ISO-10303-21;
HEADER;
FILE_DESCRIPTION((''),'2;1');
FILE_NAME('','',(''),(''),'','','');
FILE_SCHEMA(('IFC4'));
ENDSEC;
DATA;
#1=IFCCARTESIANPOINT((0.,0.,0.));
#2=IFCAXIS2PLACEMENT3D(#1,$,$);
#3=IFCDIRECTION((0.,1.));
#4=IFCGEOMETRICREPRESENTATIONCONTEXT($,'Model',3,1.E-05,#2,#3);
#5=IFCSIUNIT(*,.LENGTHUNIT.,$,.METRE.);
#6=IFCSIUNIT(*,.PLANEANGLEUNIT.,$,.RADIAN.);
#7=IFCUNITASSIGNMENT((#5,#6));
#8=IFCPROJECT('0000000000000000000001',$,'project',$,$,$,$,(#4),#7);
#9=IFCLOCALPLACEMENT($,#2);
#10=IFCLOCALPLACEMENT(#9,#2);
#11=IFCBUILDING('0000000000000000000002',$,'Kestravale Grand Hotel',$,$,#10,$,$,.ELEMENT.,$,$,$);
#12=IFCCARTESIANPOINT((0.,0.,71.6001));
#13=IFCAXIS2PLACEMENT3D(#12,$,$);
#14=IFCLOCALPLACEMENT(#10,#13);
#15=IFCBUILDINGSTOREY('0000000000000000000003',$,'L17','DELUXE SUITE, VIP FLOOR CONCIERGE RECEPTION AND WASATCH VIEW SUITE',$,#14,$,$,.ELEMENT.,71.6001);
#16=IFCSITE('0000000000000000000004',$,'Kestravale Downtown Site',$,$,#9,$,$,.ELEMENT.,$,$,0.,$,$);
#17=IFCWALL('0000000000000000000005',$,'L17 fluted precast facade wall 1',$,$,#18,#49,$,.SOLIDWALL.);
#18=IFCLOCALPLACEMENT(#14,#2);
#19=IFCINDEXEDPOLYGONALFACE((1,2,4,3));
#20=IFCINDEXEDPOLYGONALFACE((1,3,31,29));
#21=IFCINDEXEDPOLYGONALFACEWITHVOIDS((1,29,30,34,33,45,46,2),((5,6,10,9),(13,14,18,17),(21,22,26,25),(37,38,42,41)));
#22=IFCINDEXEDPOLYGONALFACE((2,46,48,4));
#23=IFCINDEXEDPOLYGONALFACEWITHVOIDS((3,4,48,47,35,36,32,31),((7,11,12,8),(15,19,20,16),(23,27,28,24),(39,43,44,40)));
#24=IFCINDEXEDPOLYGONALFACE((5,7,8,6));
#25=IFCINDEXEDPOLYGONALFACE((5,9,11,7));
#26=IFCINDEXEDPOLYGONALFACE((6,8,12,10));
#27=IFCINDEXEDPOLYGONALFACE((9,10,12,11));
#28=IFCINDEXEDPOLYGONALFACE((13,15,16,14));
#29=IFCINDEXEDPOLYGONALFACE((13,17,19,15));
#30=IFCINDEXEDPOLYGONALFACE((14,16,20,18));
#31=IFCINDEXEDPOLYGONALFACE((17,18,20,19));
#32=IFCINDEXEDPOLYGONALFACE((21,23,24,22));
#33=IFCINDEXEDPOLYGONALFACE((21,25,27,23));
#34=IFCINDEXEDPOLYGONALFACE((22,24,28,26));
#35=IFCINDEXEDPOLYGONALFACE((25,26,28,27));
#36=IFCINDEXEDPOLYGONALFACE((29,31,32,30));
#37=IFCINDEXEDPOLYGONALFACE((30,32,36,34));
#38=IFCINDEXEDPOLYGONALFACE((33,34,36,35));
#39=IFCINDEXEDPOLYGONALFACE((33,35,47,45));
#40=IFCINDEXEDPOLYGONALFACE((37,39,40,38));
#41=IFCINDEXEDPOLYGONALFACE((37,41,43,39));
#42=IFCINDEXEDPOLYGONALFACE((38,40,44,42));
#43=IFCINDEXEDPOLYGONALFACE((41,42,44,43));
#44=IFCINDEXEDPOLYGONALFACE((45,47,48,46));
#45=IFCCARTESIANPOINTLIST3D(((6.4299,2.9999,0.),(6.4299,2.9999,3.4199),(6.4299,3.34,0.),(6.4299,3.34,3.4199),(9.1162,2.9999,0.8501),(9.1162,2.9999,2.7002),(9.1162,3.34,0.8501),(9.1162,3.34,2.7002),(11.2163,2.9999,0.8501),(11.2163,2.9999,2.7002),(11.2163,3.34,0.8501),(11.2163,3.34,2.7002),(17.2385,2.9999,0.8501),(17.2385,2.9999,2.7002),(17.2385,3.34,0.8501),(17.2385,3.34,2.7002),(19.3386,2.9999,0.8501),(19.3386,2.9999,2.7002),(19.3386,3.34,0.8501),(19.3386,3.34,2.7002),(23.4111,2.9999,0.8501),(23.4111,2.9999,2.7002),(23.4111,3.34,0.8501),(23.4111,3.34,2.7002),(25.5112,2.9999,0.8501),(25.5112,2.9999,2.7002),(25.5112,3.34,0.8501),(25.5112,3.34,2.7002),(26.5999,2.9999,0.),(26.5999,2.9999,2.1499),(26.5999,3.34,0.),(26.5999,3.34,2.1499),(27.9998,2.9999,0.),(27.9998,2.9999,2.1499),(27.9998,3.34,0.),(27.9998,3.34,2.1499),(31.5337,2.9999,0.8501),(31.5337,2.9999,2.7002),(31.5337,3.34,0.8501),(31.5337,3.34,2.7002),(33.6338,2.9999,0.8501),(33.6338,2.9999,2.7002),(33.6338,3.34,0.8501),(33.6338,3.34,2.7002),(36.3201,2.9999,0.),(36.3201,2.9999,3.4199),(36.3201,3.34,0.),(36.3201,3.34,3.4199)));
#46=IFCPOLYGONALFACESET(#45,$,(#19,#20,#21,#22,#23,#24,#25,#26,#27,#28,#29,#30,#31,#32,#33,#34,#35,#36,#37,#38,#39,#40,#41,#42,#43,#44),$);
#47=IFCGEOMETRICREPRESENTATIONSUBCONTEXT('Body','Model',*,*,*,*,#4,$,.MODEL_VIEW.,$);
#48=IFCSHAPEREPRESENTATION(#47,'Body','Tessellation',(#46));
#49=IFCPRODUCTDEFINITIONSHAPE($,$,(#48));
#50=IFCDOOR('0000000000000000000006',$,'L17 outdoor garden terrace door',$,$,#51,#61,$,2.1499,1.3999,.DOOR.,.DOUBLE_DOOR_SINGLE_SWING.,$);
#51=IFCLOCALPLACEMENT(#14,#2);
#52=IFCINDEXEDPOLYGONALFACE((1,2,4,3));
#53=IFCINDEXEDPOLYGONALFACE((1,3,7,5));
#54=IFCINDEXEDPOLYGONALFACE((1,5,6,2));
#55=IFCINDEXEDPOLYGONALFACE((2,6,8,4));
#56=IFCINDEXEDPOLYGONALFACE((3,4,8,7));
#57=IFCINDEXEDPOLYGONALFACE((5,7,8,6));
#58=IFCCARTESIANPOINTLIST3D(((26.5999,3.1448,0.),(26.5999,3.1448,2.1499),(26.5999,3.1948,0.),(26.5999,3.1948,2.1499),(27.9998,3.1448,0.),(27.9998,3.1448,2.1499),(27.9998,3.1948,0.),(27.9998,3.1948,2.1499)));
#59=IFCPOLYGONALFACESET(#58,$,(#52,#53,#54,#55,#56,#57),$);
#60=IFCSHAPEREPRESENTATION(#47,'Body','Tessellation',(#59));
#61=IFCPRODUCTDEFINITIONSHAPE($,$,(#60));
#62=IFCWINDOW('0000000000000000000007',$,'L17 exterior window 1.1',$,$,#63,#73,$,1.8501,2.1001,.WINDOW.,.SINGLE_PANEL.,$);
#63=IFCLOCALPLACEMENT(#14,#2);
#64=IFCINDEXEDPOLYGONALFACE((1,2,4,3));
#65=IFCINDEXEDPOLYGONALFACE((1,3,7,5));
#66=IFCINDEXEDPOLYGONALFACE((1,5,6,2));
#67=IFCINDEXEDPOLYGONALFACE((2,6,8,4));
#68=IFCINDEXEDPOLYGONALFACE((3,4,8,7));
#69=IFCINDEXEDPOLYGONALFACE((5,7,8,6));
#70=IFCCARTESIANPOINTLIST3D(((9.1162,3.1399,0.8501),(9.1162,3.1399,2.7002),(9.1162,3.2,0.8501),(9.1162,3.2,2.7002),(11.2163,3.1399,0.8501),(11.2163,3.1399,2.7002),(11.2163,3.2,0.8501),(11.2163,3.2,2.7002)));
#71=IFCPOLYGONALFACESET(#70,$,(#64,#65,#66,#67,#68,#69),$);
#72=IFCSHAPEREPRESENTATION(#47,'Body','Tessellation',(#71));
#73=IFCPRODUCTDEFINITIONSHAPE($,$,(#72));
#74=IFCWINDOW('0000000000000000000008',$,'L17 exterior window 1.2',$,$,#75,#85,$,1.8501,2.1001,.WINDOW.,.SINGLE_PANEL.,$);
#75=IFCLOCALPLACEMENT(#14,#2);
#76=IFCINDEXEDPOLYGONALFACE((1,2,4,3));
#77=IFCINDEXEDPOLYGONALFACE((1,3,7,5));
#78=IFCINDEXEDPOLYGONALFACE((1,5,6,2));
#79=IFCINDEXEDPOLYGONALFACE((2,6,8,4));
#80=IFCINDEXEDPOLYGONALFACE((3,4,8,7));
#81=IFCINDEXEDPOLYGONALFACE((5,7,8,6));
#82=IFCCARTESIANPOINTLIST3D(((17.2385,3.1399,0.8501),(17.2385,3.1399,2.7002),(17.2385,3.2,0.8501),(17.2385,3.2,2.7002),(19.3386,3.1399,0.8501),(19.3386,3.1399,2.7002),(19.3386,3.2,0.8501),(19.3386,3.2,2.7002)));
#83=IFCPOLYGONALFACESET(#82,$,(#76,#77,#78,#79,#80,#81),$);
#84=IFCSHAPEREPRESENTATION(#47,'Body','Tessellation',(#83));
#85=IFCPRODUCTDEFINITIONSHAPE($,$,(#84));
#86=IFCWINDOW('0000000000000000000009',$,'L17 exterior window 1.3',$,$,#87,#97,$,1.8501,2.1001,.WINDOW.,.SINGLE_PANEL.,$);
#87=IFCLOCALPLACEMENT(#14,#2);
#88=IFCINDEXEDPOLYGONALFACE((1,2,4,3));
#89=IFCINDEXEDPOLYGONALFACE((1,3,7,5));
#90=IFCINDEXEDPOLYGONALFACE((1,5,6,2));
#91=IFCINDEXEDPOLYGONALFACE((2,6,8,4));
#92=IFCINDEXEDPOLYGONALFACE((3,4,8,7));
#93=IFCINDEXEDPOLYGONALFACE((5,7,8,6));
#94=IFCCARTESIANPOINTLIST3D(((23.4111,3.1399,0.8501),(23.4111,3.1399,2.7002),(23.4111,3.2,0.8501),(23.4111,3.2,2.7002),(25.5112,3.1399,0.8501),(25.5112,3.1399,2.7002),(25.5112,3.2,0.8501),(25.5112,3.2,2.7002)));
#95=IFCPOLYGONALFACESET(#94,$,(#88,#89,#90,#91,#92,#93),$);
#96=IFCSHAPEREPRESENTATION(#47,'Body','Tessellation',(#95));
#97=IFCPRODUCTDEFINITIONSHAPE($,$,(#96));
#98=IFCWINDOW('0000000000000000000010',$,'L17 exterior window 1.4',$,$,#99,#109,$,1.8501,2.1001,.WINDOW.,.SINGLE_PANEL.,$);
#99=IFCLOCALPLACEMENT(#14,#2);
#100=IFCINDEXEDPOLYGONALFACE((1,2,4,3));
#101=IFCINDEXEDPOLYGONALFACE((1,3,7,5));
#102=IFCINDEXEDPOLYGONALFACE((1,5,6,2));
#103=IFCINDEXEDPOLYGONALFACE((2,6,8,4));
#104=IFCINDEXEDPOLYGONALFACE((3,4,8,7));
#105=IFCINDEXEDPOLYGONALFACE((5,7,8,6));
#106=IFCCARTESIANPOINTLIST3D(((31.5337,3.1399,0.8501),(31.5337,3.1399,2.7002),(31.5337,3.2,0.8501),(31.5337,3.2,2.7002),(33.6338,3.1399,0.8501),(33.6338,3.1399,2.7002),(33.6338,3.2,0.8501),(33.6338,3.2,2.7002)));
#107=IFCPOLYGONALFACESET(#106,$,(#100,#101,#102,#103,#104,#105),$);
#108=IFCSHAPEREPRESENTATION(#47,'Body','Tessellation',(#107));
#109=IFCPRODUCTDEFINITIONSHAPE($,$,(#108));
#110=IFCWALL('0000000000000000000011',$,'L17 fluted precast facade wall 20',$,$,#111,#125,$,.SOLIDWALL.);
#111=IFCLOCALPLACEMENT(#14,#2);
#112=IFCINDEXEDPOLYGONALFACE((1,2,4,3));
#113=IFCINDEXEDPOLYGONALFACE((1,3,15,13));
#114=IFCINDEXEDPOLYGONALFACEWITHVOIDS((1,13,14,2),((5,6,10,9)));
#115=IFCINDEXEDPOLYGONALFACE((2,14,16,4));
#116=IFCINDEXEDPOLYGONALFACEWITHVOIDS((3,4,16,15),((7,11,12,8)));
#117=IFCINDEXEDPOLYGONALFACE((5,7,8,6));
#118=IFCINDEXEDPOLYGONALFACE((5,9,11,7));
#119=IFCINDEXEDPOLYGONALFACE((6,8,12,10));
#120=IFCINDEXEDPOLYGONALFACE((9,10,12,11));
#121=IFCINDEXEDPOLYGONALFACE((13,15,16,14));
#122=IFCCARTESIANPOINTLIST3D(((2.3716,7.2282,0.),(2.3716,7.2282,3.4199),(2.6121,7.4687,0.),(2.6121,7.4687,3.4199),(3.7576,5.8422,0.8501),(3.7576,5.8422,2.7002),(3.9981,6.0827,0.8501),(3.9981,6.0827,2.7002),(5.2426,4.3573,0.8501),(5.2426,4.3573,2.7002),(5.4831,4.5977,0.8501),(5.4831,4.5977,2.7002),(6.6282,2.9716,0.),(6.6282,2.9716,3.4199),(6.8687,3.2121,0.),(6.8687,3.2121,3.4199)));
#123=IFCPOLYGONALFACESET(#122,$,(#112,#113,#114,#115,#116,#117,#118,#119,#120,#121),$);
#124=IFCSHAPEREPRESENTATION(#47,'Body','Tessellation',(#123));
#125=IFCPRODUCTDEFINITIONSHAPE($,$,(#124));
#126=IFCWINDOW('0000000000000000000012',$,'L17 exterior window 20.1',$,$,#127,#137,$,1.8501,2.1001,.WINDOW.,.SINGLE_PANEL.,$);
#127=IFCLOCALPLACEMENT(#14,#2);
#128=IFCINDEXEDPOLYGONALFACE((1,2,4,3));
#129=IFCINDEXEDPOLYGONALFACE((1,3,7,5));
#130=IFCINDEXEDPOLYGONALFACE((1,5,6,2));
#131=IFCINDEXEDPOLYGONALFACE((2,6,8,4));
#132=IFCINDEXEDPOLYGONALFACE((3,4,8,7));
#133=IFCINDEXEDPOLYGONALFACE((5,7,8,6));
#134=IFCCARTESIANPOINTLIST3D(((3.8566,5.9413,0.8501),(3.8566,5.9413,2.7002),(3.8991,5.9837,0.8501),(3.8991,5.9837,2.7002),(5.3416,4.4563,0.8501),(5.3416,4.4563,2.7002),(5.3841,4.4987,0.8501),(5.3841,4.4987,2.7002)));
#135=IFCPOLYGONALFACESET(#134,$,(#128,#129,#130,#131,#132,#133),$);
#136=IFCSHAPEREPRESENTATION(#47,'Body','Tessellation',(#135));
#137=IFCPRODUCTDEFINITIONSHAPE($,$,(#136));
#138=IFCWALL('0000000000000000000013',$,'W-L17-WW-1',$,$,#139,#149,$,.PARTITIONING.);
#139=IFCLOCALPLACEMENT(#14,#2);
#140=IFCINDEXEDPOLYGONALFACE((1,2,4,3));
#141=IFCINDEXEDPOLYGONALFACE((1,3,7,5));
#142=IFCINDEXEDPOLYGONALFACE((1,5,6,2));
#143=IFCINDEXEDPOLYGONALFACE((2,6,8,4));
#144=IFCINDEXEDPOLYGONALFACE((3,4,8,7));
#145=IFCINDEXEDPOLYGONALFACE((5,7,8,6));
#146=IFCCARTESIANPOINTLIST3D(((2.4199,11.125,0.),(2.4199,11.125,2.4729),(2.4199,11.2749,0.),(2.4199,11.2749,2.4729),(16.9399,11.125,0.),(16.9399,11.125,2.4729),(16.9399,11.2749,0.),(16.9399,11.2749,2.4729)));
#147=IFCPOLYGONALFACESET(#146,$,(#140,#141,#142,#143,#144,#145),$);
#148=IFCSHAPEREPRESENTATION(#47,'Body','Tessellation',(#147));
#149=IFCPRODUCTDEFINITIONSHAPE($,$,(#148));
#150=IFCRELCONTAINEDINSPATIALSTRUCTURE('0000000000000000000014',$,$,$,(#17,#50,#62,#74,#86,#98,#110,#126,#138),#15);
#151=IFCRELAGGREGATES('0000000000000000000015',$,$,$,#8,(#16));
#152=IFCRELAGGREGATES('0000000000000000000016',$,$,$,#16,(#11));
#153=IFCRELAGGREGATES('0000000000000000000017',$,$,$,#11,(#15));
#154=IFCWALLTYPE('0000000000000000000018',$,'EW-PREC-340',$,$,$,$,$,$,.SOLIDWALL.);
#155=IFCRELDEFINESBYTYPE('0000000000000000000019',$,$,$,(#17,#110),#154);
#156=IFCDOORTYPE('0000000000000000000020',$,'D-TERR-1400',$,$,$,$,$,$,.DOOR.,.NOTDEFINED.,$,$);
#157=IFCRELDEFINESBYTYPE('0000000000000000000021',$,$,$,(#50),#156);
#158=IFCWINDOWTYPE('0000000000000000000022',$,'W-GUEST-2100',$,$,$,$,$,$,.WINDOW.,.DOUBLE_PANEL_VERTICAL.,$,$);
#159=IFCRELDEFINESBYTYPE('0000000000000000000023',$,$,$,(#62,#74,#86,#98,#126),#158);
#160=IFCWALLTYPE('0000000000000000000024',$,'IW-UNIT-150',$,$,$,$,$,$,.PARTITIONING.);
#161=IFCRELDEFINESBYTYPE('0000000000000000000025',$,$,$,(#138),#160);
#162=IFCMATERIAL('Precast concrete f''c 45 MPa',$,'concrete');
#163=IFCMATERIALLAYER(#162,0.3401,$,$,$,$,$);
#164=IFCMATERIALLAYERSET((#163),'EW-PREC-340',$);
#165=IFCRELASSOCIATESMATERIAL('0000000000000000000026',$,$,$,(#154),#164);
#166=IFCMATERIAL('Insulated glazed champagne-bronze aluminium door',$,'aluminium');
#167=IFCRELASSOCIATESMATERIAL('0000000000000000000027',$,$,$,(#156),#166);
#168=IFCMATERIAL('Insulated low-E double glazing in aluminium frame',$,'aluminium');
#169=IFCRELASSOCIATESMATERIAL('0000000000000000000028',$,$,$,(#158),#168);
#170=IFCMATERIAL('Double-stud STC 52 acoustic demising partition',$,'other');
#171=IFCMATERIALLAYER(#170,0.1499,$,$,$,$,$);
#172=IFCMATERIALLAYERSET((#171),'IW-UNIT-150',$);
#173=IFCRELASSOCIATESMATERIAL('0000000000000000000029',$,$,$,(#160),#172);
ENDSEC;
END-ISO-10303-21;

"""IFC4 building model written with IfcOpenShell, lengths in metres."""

from ifc_helpers import new_model, si_unit, direction, frame, frame_2d, origin, place, context, subcontext, project, spatial, rectangle, extrude, material, layer, layer_set, type_object, element, fill, save


model = new_model("IFC4")

# Units and contexts
model_context = context("Model", 3, precision=1e-05, world=origin(), true_north=direction((0.0, 1.0)))
body_context = subcontext(model_context, "Body", "Model", "MODEL_VIEW")
ifc_project = project(units=[si_unit("LENGTHUNIT", "METRE"), si_unit("PLANEANGLEUNIT", "RADIAN")], contexts=[model_context])

# Site, building, storey
site_placement = place(None, origin())
site = spatial("IfcSite", under=ifc_project, at=site_placement, Name="Kestravale Downtown Site", CompositionType="ELEMENT", RefElevation=0.0)
building_placement = place(site_placement, origin())
building = spatial("IfcBuilding", under=site, at=building_placement, Name="Kestravale Grand Hotel", CompositionType="ELEMENT")
storey_placement = place(building_placement, frame((0.0, 0.0, 71.6001)))
storey = spatial("IfcBuildingStorey", under=building, at=storey_placement, Name="L17", Description="DELUXE SUITE, VIP FLOOR CONCIERGE RECEPTION AND WASATCH VIEW SUITE", CompositionType="ELEMENT", Elevation=71.6001)

# Wall, openings, door, windows
ifc_material_1 = material(Name="Precast concrete f'c 45 MPa", Category="concrete")
ifc_layer_1 = layer(ifc_material_1, 0.3401)
ifc_layer_set_1 = layer_set([ifc_layer_1], Name="EW-PREC-340")
wall_type_1 = type_object("IfcWallType", Name="EW-PREC-340", PredefinedType="SOLIDWALL", material=ifc_layer_set_1)
wall_1_placement = place(storey_placement, frame((6.4299, 3.1699, 0.0), z_axis=(0.0, 0.0, 1.0), x_axis=(1.0, 0.0, 0.0)))
wall_1 = element("IfcWall", 1, at=wall_1_placement, inside=storey, type_object=wall_type_1, Name="L17 fluted precast facade wall 1", PredefinedType="SOLIDWALL", context=body_context, shape_type="SweptSolid", body=[
    extrude(rectangle(XDim=29.8901, YDim=0.3401, at=frame_2d((14.9451, 0.0))), origin(), (0.0, 0.0, 1.0), 3.4199),
])
opening_1_placement = place(wall_1_placement, frame((20.1699, 0.0, 0.0)))
opening_1 = element("IfcOpeningElement", 2, at=opening_1_placement, cuts=wall_1, PredefinedType="OPENING", context=body_context, shape_type="SweptSolid", body=[
    extrude(rectangle(XDim=1.3999, YDim=2.1499, at=frame_2d((0.7, 1.075))), frame((0.0, 0.1799, 0.0), z_axis=(0.0, -1.0, 0.0), x_axis=(1.0, 0.0, 0.0)), (0.0, 0.0, 1.0), 0.3601),
])
opening_2_placement = place(wall_1_placement, frame((2.6863, 0.0, 0.8501)))
opening_2 = element("IfcOpeningElement", 3, at=opening_2_placement, cuts=wall_1, PredefinedType="OPENING", context=body_context, shape_type="SweptSolid", body=[
    extrude(rectangle(XDim=2.1001, YDim=1.8501, at=frame_2d((1.05, 0.925))), frame((0.0, 0.1799, 0.0), z_axis=(0.0, -1.0, 0.0), x_axis=(1.0, 0.0, 0.0)), (0.0, 0.0, 1.0), 0.3601),
])
opening_3_placement = place(wall_1_placement, frame((10.8086, 0.0, 0.8501)))
opening_3 = element("IfcOpeningElement", 4, at=opening_3_placement, cuts=wall_1, PredefinedType="OPENING", context=body_context, shape_type="SweptSolid", body=[
    extrude(rectangle(XDim=2.1001, YDim=1.8501, at=frame_2d((1.05, 0.925))), frame((0.0, 0.1799, 0.0), z_axis=(0.0, -1.0, 0.0), x_axis=(1.0, 0.0, 0.0)), (0.0, 0.0, 1.0), 0.3601),
])
opening_4_placement = place(wall_1_placement, frame((16.9812, 0.0, 0.8501)))
opening_4 = element("IfcOpeningElement", 5, at=opening_4_placement, cuts=wall_1, PredefinedType="OPENING", context=body_context, shape_type="SweptSolid", body=[
    extrude(rectangle(XDim=2.1001, YDim=1.8501, at=frame_2d((1.05, 0.925))), frame((0.0, 0.1799, 0.0), z_axis=(0.0, -1.0, 0.0), x_axis=(1.0, 0.0, 0.0)), (0.0, 0.0, 1.0), 0.3601),
])
opening_5_placement = place(wall_1_placement, frame((25.1038, 0.0, 0.8501)))
opening_5 = element("IfcOpeningElement", 6, at=opening_5_placement, cuts=wall_1, PredefinedType="OPENING", context=body_context, shape_type="SweptSolid", body=[
    extrude(rectangle(XDim=2.1001, YDim=1.8501, at=frame_2d((1.05, 0.925))), frame((0.0, 0.1799, 0.0), z_axis=(0.0, -1.0, 0.0), x_axis=(1.0, 0.0, 0.0)), (0.0, 0.0, 1.0), 0.3601),
])
ifc_material_2 = material(Name="Insulated glazed champagne-bronze aluminium door", Category="aluminium")
door_type = type_object("IfcDoorType", Name="D-TERR-1400", OperationType="NOTDEFINED", PredefinedType="DOOR", material=ifc_material_2)
door_placement = place(opening_1_placement, origin())
door = element("IfcDoor", 7, at=door_placement, inside=storey, type_object=door_type, Name="L17 outdoor garden terrace door", OperationType="DOUBLE_DOOR_SINGLE_SWING", OverallHeight=2.1499, OverallWidth=1.3999, PredefinedType="DOOR", context=body_context, shape_type="SweptSolid", body=[
    extrude(rectangle(XDim=1.3999, YDim=2.1499, at=frame_2d((0.7, 1.075))), frame((0.0, 0.0249, 0.0), z_axis=(0.0, -1.0, 0.0), x_axis=(1.0, 0.0, 0.0)), (0.0, 0.0, 1.0), 0.05),
])
fill(opening_1, door)
ifc_material_3 = material(Name="Insulated low-E double glazing in aluminium frame", Category="aluminium")
window_type = type_object("IfcWindowType", Name="W-GUEST-2100", PartitioningType="DOUBLE_PANEL_VERTICAL", PredefinedType="WINDOW", material=ifc_material_3)
window_1_placement = place(opening_2_placement, origin())
window_1 = element("IfcWindow", 8, at=window_1_placement, inside=storey, type_object=window_type, Name="L17 exterior window 1.1", OverallHeight=1.8501, OverallWidth=2.1001, PartitioningType="SINGLE_PANEL", PredefinedType="WINDOW", context=body_context, shape_type="SweptSolid", body=[
    extrude(rectangle(XDim=2.1001, YDim=1.8501, at=frame_2d((1.05, 0.925))), frame((0.0, 0.03, 0.0), z_axis=(0.0, -1.0, 0.0), x_axis=(1.0, 0.0, 0.0)), (0.0, 0.0, 1.0), 0.0601),
])
fill(opening_2, window_1)
window_2_placement = place(opening_3_placement, origin())
window_2 = element("IfcWindow", 9, at=window_2_placement, inside=storey, type_object=window_type, Name="L17 exterior window 1.2", OverallHeight=1.8501, OverallWidth=2.1001, PartitioningType="SINGLE_PANEL", PredefinedType="WINDOW", context=body_context, shape_type="SweptSolid", body=[
    extrude(rectangle(XDim=2.1001, YDim=1.8501, at=frame_2d((1.05, 0.925))), frame((0.0, 0.03, 0.0), z_axis=(0.0, -1.0, 0.0), x_axis=(1.0, 0.0, 0.0)), (0.0, 0.0, 1.0), 0.0601),
])
fill(opening_3, window_2)
window_3_placement = place(opening_4_placement, origin())
window_3 = element("IfcWindow", 10, at=window_3_placement, inside=storey, type_object=window_type, Name="L17 exterior window 1.3", OverallHeight=1.8501, OverallWidth=2.1001, PartitioningType="SINGLE_PANEL", PredefinedType="WINDOW", context=body_context, shape_type="SweptSolid", body=[
    extrude(rectangle(XDim=2.1001, YDim=1.8501, at=frame_2d((1.05, 0.925))), frame((0.0, 0.03, 0.0), z_axis=(0.0, -1.0, 0.0), x_axis=(1.0, 0.0, 0.0)), (0.0, 0.0, 1.0), 0.0601),
])
fill(opening_4, window_3)
window_4_placement = place(opening_5_placement, origin())
window_4 = element("IfcWindow", 11, at=window_4_placement, inside=storey, type_object=window_type, Name="L17 exterior window 1.4", OverallHeight=1.8501, OverallWidth=2.1001, PartitioningType="SINGLE_PANEL", PredefinedType="WINDOW", context=body_context, shape_type="SweptSolid", body=[
    extrude(rectangle(XDim=2.1001, YDim=1.8501, at=frame_2d((1.05, 0.925))), frame((0.0, 0.03, 0.0), z_axis=(0.0, -1.0, 0.0), x_axis=(1.0, 0.0, 0.0)), (0.0, 0.0, 1.0), 0.0601),
])
fill(opening_5, window_4)

# Wall, opening, window
wall_2_placement = place(storey_placement, frame((2.4919, 7.3484, 0.0), z_axis=(0.0, 0.0, 1.0), x_axis=(0.707107, -0.707107, 0.0)))
wall_2 = element("IfcWall", 12, at=wall_2_placement, inside=storey, type_object=wall_type_1, Name="L17 fluted precast facade wall 20", PredefinedType="SOLIDWALL", context=body_context, shape_type="SweptSolid", body=[
    extrude(rectangle(XDim=6.0198, YDim=0.3401, at=frame_2d((3.0098, 0.0))), origin(), (0.0, 0.0, 1.0), 3.4199),
])
opening_6_placement = place(wall_2_placement, frame((1.96, 0.0, 0.8501)))
opening_6 = element("IfcOpeningElement", 13, at=opening_6_placement, cuts=wall_2, PredefinedType="OPENING", context=body_context, shape_type="SweptSolid", body=[
    extrude(rectangle(XDim=2.1001, YDim=1.8501, at=frame_2d((1.05, 0.925))), frame((0.0, 0.1799, 0.0), z_axis=(0.0, -1.0, 0.0), x_axis=(1.0, 0.0, 0.0)), (0.0, 0.0, 1.0), 0.3601),
])
window_5_placement = place(opening_6_placement, origin())
window_5 = element("IfcWindow", 14, at=window_5_placement, inside=storey, type_object=window_type, Name="L17 exterior window 20.1", OverallHeight=1.8501, OverallWidth=2.1001, PartitioningType="SINGLE_PANEL", PredefinedType="WINDOW", context=body_context, shape_type="SweptSolid", body=[
    extrude(rectangle(XDim=2.1001, YDim=1.8501, at=frame_2d((1.05, 0.925))), frame((0.0, 0.03, 0.0), z_axis=(0.0, -1.0, 0.0), x_axis=(1.0, 0.0, 0.0)), (0.0, 0.0, 1.0), 0.0601),
])
fill(opening_6, window_5)

# Wall
ifc_material_4 = material(Name="Double-stud STC 52 acoustic demising partition", Category="other")
ifc_layer_2 = layer(ifc_material_4, 0.1499)
ifc_layer_set_2 = layer_set([ifc_layer_2], Name="IW-UNIT-150")
wall_type_2 = type_object("IfcWallType", Name="IW-UNIT-150", PredefinedType="PARTITIONING", material=ifc_layer_set_2)
wall_3_placement = place(storey_placement, frame((2.4199, 11.2, 0.0), z_axis=(0.0, 0.0, 1.0), x_axis=(1.0, 0.0, 0.0)))
element("IfcWall", 15, at=wall_3_placement, inside=storey, type_object=wall_type_2, Name="W-L17-WW-1", PredefinedType="PARTITIONING", context=body_context, shape_type="SweptSolid", body=[
    extrude(rectangle(XDim=14.52, YDim=0.1499, at=frame_2d((7.26, 0.0))), origin(), (0.0, 0.0, 1.0), 2.4729),
])

save(model, "model.ifc")
